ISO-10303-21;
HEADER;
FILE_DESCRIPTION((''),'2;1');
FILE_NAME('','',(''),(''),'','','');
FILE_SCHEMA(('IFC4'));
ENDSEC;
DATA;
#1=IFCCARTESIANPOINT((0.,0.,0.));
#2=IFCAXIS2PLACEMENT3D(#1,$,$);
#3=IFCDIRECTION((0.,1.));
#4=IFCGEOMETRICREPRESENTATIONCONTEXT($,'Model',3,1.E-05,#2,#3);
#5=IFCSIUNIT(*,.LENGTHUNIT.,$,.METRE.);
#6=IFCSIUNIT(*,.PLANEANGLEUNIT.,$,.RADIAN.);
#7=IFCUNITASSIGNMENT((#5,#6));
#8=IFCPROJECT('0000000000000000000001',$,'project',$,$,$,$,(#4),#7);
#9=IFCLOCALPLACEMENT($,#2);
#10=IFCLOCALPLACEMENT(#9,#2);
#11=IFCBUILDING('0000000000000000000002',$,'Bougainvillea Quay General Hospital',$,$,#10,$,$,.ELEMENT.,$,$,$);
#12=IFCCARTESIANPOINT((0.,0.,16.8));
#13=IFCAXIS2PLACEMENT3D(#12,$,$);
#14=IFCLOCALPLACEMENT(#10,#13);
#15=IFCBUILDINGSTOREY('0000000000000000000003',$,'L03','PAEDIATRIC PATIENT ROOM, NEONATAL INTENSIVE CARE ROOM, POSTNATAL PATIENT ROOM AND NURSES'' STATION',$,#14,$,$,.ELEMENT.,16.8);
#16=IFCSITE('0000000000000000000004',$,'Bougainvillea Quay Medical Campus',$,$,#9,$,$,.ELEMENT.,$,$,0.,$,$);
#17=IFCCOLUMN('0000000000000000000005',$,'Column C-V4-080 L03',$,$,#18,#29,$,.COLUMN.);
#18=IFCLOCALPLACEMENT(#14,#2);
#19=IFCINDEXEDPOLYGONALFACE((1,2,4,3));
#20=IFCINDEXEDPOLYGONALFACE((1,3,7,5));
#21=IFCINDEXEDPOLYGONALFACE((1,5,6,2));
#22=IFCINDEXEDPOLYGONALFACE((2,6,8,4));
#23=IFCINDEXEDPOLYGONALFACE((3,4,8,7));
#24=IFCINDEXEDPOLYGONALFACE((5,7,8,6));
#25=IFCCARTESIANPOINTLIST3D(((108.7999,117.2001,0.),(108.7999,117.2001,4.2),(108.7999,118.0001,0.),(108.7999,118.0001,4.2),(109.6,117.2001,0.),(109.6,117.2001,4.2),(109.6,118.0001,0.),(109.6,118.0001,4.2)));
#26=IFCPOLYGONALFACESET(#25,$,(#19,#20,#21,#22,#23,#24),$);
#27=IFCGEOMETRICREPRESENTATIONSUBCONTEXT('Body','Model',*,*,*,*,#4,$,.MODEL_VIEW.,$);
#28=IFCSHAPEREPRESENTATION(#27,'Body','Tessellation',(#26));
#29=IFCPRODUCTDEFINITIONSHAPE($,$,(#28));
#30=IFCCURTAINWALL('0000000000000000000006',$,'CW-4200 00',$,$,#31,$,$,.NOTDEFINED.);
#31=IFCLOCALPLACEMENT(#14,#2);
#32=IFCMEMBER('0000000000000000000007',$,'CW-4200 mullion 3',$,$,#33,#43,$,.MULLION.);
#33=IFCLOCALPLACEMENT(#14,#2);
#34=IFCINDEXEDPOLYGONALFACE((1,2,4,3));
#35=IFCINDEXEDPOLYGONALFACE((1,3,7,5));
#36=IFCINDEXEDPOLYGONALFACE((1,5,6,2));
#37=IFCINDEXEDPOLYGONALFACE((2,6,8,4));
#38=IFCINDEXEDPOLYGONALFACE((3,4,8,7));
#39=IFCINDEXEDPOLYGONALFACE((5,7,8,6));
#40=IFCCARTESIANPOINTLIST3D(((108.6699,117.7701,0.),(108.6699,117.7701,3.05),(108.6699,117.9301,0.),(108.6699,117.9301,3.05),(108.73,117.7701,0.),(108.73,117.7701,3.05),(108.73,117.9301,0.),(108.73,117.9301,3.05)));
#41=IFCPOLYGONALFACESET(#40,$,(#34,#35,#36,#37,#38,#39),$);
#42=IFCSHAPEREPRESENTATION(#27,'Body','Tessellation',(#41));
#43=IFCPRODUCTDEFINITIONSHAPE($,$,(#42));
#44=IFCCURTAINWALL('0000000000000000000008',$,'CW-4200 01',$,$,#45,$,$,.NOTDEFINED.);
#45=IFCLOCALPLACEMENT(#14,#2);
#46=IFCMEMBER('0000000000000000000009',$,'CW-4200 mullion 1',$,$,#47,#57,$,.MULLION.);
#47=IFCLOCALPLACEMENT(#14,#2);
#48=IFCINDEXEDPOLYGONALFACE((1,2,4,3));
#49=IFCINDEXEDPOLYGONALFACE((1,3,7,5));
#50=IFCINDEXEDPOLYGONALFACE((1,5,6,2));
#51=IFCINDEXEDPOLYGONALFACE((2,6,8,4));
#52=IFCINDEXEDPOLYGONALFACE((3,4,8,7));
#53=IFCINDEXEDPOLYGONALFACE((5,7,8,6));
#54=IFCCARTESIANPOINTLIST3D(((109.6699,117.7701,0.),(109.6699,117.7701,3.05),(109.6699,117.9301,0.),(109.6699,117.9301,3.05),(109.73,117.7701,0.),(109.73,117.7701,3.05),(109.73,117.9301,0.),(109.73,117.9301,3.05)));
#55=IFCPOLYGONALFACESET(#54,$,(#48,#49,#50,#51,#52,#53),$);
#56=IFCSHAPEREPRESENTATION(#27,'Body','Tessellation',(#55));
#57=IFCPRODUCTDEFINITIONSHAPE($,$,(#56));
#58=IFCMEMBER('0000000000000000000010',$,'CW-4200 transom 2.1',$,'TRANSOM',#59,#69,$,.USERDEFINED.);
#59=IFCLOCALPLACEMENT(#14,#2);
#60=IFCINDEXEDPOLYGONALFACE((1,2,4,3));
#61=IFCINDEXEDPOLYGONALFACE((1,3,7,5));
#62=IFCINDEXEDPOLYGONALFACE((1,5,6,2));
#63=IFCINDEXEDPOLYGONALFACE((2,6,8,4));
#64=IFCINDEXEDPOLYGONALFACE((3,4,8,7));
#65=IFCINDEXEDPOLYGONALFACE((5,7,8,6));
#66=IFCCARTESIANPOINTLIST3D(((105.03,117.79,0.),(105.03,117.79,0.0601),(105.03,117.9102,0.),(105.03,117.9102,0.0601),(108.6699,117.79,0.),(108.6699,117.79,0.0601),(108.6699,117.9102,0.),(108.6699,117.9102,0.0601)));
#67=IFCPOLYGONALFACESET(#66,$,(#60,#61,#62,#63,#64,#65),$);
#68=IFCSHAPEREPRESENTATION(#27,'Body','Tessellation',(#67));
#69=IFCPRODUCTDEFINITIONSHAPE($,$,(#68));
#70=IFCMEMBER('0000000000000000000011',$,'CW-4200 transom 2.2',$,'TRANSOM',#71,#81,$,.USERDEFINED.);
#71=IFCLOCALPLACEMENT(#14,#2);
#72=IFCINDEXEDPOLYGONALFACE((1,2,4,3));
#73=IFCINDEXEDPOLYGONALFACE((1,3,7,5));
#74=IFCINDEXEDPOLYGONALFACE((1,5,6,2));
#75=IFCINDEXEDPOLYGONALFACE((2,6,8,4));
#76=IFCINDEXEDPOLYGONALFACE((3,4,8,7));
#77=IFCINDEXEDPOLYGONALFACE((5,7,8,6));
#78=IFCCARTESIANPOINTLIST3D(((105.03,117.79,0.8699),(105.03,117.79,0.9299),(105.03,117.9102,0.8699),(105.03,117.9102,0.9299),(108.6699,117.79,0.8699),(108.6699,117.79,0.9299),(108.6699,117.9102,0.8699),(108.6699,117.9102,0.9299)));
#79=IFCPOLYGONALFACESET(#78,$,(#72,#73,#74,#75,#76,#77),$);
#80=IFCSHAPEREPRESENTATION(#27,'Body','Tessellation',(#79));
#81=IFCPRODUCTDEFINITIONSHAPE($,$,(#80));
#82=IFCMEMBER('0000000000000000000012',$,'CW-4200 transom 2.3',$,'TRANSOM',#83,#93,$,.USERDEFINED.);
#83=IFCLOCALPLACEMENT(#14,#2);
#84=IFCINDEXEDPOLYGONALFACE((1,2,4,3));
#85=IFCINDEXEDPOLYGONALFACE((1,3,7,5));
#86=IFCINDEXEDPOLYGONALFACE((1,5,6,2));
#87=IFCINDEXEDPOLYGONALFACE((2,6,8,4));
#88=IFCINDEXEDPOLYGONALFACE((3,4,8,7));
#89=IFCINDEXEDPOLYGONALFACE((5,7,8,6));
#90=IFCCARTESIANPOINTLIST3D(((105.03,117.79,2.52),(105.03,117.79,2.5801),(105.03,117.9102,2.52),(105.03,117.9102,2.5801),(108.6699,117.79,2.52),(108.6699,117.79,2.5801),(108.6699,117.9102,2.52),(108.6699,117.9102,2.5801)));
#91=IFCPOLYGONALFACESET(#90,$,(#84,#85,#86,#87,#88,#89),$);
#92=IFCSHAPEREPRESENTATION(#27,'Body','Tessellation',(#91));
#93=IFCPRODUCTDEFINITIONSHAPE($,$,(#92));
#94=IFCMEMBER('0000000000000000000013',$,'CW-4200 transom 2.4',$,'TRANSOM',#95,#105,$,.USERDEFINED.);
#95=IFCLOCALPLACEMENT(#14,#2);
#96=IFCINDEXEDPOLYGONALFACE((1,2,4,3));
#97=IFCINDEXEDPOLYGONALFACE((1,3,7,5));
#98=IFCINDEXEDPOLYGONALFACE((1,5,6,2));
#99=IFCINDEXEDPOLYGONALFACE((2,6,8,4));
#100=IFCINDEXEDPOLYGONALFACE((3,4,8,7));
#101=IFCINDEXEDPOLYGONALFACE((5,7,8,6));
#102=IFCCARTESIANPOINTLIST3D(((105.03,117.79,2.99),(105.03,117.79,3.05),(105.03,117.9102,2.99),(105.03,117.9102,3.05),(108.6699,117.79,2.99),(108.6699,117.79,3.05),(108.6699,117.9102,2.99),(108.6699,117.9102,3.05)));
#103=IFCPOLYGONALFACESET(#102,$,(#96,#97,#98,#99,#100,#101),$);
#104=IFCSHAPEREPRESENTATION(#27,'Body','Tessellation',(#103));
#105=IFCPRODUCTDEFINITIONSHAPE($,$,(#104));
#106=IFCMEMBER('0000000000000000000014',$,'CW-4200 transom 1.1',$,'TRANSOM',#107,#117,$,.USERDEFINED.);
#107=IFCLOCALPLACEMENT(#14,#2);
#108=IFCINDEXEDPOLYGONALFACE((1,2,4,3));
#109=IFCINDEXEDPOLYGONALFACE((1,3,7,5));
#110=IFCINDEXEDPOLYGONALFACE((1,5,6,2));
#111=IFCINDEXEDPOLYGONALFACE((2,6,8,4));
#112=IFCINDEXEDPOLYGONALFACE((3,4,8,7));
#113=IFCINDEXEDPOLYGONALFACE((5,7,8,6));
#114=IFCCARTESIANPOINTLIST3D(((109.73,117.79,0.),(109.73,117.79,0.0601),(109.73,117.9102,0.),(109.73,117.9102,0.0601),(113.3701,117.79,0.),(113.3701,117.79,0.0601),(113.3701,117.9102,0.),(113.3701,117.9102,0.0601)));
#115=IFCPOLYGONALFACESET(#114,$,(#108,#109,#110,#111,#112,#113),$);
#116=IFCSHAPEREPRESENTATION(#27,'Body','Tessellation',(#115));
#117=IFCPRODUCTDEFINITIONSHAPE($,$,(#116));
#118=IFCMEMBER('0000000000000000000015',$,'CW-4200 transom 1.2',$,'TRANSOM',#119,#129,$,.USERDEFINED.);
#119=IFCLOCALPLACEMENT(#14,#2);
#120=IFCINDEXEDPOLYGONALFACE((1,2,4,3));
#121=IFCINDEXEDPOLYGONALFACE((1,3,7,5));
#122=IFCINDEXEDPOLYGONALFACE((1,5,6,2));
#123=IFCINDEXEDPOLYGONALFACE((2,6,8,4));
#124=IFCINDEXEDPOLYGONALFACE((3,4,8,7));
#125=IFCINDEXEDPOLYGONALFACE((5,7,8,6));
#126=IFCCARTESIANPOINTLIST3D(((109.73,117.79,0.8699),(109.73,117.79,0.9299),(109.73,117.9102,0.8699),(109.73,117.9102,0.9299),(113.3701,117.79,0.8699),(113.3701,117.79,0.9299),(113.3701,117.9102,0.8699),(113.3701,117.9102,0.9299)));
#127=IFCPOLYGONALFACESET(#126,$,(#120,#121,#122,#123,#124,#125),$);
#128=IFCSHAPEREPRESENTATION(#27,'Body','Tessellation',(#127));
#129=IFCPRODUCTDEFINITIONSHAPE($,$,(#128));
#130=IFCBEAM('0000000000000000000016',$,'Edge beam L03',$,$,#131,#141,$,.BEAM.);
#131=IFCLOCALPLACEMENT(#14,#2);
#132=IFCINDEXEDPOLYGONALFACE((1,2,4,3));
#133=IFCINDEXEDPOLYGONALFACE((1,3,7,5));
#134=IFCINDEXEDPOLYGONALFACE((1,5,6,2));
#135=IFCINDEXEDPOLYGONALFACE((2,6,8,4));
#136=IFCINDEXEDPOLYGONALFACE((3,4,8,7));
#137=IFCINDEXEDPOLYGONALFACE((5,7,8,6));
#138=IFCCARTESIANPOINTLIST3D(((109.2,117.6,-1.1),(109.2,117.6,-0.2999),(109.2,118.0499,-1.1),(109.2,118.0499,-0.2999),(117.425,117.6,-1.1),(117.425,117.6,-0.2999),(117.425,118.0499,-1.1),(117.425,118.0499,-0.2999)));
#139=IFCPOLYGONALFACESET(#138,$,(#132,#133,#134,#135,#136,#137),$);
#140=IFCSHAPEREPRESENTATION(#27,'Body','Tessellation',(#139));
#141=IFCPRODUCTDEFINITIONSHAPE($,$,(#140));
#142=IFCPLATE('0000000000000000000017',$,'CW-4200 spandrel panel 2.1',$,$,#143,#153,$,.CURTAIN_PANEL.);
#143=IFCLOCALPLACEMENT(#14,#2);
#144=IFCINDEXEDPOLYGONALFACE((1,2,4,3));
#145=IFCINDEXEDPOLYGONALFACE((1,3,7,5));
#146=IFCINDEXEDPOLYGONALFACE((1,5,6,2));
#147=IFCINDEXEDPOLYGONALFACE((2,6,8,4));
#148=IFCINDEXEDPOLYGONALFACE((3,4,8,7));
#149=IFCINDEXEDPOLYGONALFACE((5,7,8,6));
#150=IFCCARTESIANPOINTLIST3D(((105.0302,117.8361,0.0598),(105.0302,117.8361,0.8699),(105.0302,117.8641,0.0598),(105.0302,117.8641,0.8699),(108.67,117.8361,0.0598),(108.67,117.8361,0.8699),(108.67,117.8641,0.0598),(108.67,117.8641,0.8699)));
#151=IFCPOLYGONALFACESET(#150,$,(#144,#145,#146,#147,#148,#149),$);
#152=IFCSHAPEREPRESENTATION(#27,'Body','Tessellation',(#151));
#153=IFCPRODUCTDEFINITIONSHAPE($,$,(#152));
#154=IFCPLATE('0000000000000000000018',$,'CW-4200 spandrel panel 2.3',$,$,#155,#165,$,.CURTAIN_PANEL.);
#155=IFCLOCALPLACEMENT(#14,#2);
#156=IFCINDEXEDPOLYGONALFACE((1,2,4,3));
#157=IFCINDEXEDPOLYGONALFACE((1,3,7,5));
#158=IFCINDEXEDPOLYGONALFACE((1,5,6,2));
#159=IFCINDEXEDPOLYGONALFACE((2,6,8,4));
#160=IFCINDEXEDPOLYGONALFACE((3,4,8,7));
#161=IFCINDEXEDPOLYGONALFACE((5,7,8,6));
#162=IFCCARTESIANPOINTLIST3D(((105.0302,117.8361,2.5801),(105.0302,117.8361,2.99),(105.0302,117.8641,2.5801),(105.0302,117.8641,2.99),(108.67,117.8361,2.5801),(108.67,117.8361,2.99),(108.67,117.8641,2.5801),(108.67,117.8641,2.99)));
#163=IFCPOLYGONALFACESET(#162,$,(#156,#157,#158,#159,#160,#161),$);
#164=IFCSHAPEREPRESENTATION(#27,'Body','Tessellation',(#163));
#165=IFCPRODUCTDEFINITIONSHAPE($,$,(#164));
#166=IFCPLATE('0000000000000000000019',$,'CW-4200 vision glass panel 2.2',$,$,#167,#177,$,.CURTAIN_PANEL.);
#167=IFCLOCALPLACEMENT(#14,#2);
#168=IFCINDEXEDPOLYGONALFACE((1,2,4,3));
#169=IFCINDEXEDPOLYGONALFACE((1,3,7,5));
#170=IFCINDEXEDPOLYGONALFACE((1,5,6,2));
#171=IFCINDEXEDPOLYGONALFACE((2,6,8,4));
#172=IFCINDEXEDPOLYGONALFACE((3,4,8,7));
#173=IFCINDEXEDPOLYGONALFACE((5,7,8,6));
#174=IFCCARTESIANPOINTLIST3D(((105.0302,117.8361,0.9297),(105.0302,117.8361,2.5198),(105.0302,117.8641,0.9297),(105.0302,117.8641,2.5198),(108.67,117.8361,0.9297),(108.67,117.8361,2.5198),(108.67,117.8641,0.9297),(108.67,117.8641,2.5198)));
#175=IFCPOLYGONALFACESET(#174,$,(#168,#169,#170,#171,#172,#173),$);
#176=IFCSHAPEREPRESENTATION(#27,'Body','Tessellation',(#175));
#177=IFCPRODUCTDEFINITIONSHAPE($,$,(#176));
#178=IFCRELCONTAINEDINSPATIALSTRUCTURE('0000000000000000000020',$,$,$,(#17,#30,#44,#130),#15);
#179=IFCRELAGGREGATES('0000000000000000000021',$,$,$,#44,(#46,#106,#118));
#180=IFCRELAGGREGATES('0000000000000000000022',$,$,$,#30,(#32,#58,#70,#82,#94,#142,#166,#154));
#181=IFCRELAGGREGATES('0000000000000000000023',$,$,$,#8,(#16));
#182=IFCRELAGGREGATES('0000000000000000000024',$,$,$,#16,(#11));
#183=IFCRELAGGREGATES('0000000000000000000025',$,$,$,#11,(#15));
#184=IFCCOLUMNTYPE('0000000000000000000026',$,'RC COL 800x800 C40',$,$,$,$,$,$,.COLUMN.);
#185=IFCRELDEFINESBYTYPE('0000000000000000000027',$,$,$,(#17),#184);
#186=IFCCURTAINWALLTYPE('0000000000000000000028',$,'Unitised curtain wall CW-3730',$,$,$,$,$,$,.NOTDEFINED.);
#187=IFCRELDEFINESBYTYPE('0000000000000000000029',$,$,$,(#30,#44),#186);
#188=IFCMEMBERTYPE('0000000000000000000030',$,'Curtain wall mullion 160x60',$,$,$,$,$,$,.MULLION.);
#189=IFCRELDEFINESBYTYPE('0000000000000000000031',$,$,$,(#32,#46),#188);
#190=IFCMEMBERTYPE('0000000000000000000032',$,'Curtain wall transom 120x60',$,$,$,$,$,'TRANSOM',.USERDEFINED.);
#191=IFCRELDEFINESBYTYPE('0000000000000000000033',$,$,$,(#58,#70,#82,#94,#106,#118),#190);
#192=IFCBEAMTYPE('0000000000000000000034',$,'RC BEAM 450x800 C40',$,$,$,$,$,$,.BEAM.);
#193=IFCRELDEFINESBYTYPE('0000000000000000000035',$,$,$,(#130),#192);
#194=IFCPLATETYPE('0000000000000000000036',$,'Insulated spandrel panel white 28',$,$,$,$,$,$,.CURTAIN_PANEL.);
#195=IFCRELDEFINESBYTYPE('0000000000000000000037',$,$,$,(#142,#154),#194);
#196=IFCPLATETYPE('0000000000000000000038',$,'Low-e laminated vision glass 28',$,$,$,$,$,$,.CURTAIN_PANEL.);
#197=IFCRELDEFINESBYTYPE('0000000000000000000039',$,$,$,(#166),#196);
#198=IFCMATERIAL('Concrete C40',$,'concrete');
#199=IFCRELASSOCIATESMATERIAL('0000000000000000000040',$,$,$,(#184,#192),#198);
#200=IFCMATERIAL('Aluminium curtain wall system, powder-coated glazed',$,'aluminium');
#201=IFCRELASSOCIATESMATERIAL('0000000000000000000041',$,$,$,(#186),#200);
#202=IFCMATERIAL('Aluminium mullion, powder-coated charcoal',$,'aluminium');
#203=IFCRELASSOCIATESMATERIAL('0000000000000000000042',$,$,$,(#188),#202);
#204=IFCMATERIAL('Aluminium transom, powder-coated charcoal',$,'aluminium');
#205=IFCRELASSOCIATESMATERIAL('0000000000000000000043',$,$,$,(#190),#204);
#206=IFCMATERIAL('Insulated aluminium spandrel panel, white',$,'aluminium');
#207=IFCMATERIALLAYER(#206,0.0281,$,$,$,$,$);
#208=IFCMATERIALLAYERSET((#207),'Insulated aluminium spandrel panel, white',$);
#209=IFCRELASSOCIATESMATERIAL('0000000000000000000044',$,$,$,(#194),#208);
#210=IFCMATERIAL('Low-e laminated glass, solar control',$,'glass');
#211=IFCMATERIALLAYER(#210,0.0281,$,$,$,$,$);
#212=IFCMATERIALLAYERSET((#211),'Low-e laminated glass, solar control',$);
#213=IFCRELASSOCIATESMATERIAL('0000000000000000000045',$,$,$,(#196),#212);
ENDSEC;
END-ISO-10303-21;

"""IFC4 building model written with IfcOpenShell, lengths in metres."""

from ifc_helpers import new_model, si_unit, direction, frame, origin, origin_2d, place, context, subcontext, project, spatial, rectangle, extrude, material, layer, layer_set, material_profile, profile_set, type_object, element, aggregate, save


model = new_model("IFC4")

# Units and contexts
model_context = context("Model", 3, precision=1e-05, world=origin(), true_north=direction((0.0, 1.0)))
body_context = subcontext(model_context, "Body", "Model", "MODEL_VIEW")
ifc_project = project(units=[si_unit("LENGTHUNIT", "METRE"), si_unit("PLANEANGLEUNIT", "RADIAN")], contexts=[model_context])

# Site, building, storey
site_placement = place(None, origin())
site = spatial("IfcSite", under=ifc_project, at=site_placement, Name="Bougainvillea Quay Medical Campus", CompositionType="ELEMENT", RefElevation=0.0)
building_placement = place(site_placement, origin())
building = spatial("IfcBuilding", under=site, at=building_placement, Name="Bougainvillea Quay General Hospital", CompositionType="ELEMENT")
storey_placement = place(building_placement, frame((0.0, 0.0, 16.8)))
storey = spatial("IfcBuildingStorey", under=building, at=storey_placement, Name="L03", Description="PAEDIATRIC PATIENT ROOM, NEONATAL INTENSIVE CARE ROOM, POSTNATAL PATIENT ROOM AND NURSES' STATION", CompositionType="ELEMENT", Elevation=16.8)

# Column
ifc_material_1 = material(Name="Concrete C40", Category="concrete")
ifc_material_profile_1 = material_profile(ifc_material_1, rectangle(XDim=0.8, YDim=0.8, at=origin_2d()))
ifc_profile_set_1 = profile_set([ifc_material_profile_1], Name="Concrete C40")
column_type = type_object("IfcColumnType", Name="RC COL 800x800 C40", PredefinedType="COLUMN", material=ifc_profile_set_1)
column_placement = place(storey_placement, frame((109.2, 117.6001, 0.0), z_axis=(0.0, 0.0, 1.0), x_axis=(1.0, 0.0, 0.0)))
element("IfcColumn", 1, at=column_placement, inside=storey, type_object=column_type, Name="Column C-V4-080 L03", PredefinedType="COLUMN", context=body_context, shape_type="SweptSolid", body=[
    extrude(rectangle(XDim=0.8, YDim=0.8, at=origin_2d()), origin(), (0.0, 0.0, 1.0), 4.2),
])

# Curtain walls, members
ifc_material_2 = material(Name="Aluminium curtain wall system, powder-coated glazed", Category="aluminium")
curtain_wall_type = type_object("IfcCurtainWallType", Name="Unitised curtain wall CW-3730", PredefinedType="NOTDEFINED", material=ifc_material_2)
curtain_wall_1_placement = place(storey_placement, origin())
curtain_wall_1 = element("IfcCurtainWall", 2, at=curtain_wall_1_placement, inside=storey, type_object=curtain_wall_type, Name="CW-4200 00", PredefinedType="NOTDEFINED")
ifc_material_3 = material(Name="Aluminium mullion, powder-coated charcoal", Category="aluminium")
ifc_material_profile_2 = material_profile(ifc_material_3, rectangle(XDim=0.1599, YDim=0.0601, at=origin_2d()))
ifc_profile_set_2 = profile_set([ifc_material_profile_2], Name="Aluminium mullion, powder-coated charcoal")
member_type_1 = type_object("IfcMemberType", Name="Curtain wall mullion 160x60", PredefinedType="MULLION", material=ifc_profile_set_2)
member_1_placement = place(storey_placement, frame((108.7, 117.8501, 0.0), z_axis=(0.0, 0.0, 1.0), x_axis=(0.0, 1.0, 0.0)))
member_1 = element("IfcMember", 3, at=member_1_placement, type_object=member_type_1, Name="CW-4200 mullion 3", PredefinedType="MULLION", context=body_context, shape_type="SweptSolid", body=[
    extrude(rectangle(XDim=0.1599, YDim=0.0601, at=origin_2d()), origin(), (0.0, 0.0, 1.0), 3.05),
])
curtain_wall_2_placement = place(storey_placement, origin())
curtain_wall_2 = element("IfcCurtainWall", 4, at=curtain_wall_2_placement, inside=storey, type_object=curtain_wall_type, Name="CW-4200 01", PredefinedType="NOTDEFINED")
member_2_placement = place(storey_placement, frame((109.7, 117.8501, 0.0), z_axis=(0.0, 0.0, 1.0), x_axis=(0.0, 1.0, 0.0)))
member_2 = element("IfcMember", 5, at=member_2_placement, type_object=member_type_1, Name="CW-4200 mullion 1", PredefinedType="MULLION", context=body_context, shape_type="SweptSolid", body=[
    extrude(rectangle(XDim=0.1599, YDim=0.0601, at=origin_2d()), origin(), (0.0, 0.0, 1.0), 3.05),
])

# Members
ifc_material_4 = material(Name="Aluminium transom, powder-coated charcoal", Category="aluminium")
ifc_material_profile_3 = material_profile(ifc_material_4, rectangle(XDim=0.1201, YDim=0.0601, at=origin_2d()))
ifc_profile_set_3 = profile_set([ifc_material_profile_3], Name="Aluminium transom, powder-coated charcoal")
member_type_2 = type_object("IfcMemberType", Name="Curtain wall transom 120x60", ElementType="TRANSOM", PredefinedType="USERDEFINED", material=ifc_profile_set_3)
member_3_placement = place(storey_placement, frame((105.03, 117.8501, 0.03), z_axis=(1.0, 0.0, 0.0), x_axis=(0.0, 1.0, 0.0)))
member_3 = element("IfcMember", 6, at=member_3_placement, type_object=member_type_2, Name="CW-4200 transom 2.1", ObjectType="TRANSOM", PredefinedType="USERDEFINED", context=body_context, shape_type="SweptSolid", body=[
    extrude(rectangle(XDim=0.1201, YDim=0.0601, at=origin_2d()), origin(), (0.0, 0.0, 1.0), 3.6399),
])
member_4_placement = place(storey_placement, frame((105.03, 117.8501, 0.8999), z_axis=(1.0, 0.0, 0.0), x_axis=(0.0, 1.0, 0.0)))
member_4 = element("IfcMember", 7, at=member_4_placement, type_object=member_type_2, Name="CW-4200 transom 2.2", ObjectType="TRANSOM", PredefinedType="USERDEFINED", context=body_context, shape_type="SweptSolid", body=[
    extrude(rectangle(XDim=0.1201, YDim=0.0601, at=origin_2d()), origin(), (0.0, 0.0, 1.0), 3.6399),
])
member_5_placement = place(storey_placement, frame((105.03, 117.8501, 2.55), z_axis=(1.0, 0.0, 0.0), x_axis=(0.0, 1.0, 0.0)))
member_5 = element("IfcMember", 8, at=member_5_placement, type_object=member_type_2, Name="CW-4200 transom 2.3", ObjectType="TRANSOM", PredefinedType="USERDEFINED", context=body_context, shape_type="SweptSolid", body=[
    extrude(rectangle(XDim=0.1201, YDim=0.0601, at=origin_2d()), origin(), (0.0, 0.0, 1.0), 3.6399),
])
member_6_placement = place(storey_placement, frame((105.03, 117.8501, 3.02), z_axis=(1.0, 0.0, 0.0), x_axis=(0.0, 1.0, 0.0)))
member_6 = element("IfcMember", 9, at=member_6_placement, type_object=member_type_2, Name="CW-4200 transom 2.4", ObjectType="TRANSOM", PredefinedType="USERDEFINED", context=body_context, shape_type="SweptSolid", body=[
    extrude(rectangle(XDim=0.1201, YDim=0.0601, at=origin_2d()), origin(), (0.0, 0.0, 1.0), 3.6399),
])
member_7_placement = place(storey_placement, frame((109.73, 117.8501, 0.03), z_axis=(1.0, 0.0, 0.0), x_axis=(0.0, 1.0, 0.0)))
member_7 = element("IfcMember", 10, at=member_7_placement, type_object=member_type_2, Name="CW-4200 transom 1.1", ObjectType="TRANSOM", PredefinedType="USERDEFINED", context=body_context, shape_type="SweptSolid", body=[
    extrude(rectangle(XDim=0.1201, YDim=0.0601, at=origin_2d()), origin(), (0.0, 0.0, 1.0), 3.6401),
])
member_8_placement = place(storey_placement, frame((109.73, 117.8501, 0.8999), z_axis=(1.0, 0.0, 0.0), x_axis=(0.0, 1.0, 0.0)))
member_8 = element("IfcMember", 11, at=member_8_placement, type_object=member_type_2, Name="CW-4200 transom 1.2", ObjectType="TRANSOM", PredefinedType="USERDEFINED", context=body_context, shape_type="SweptSolid", body=[
    extrude(rectangle(XDim=0.1201, YDim=0.0601, at=origin_2d()), origin(), (0.0, 0.0, 1.0), 3.6401),
])
aggregate(curtain_wall_2, [member_2, member_7, member_8])

# Beam
ifc_material_profile_4 = material_profile(ifc_material_1, rectangle(XDim=0.45, YDim=0.8, at=origin_2d()))
ifc_profile_set_4 = profile_set([ifc_material_profile_4], Name="Concrete C40")
beam_type = type_object("IfcBeamType", Name="RC BEAM 450x800 C40", PredefinedType="BEAM", material=ifc_profile_set_4)
beam_placement = place(storey_placement, frame((109.2, 117.825, -0.7), z_axis=(1.0, 0.0, 0.0), x_axis=(0.0, 1.0, 0.0)))
element("IfcBeam", 12, at=beam_placement, inside=storey, type_object=beam_type, Name="Edge beam L03", PredefinedType="BEAM", context=body_context, shape_type="SweptSolid", body=[
    extrude(rectangle(XDim=0.45, YDim=0.8, at=origin_2d()), origin(), (0.0, 0.0, 1.0), 8.2251),
])

# Plates
ifc_material_5 = material(Name="Insulated aluminium spandrel panel, white", Category="aluminium")
ifc_layer_1 = layer(ifc_material_5, 0.0281)
ifc_layer_set_1 = layer_set([ifc_layer_1], Name="Insulated aluminium spandrel panel, white")
plate_type_1 = type_object("IfcPlateType", Name="Insulated spandrel panel white 28", PredefinedType="CURTAIN_PANEL", material=ifc_layer_set_1)
plate_1_placement = place(storey_placement, frame((106.8501, 117.8501, 0.0598), z_axis=(0.0, 0.0, 1.0), x_axis=(1.0, 0.0, 0.0)))
plate_1 = element("IfcPlate", 13, at=plate_1_placement, type_object=plate_type_1, Name="CW-4200 spandrel panel 2.1", PredefinedType="CURTAIN_PANEL", context=body_context, shape_type="SweptSolid", body=[
    extrude(rectangle(XDim=3.6399, YDim=0.0281, at=origin_2d()), origin(), (0.0, 0.0, 1.0), 0.8101),
])
plate_2_placement = place(storey_placement, frame((106.8501, 117.8501, 2.5801), z_axis=(0.0, 0.0, 1.0), x_axis=(1.0, 0.0, 0.0)))
plate_2 = element("IfcPlate", 14, at=plate_2_placement, type_object=plate_type_1, Name="CW-4200 spandrel panel 2.3", PredefinedType="CURTAIN_PANEL", context=body_context, shape_type="SweptSolid", body=[
    extrude(rectangle(XDim=3.6399, YDim=0.0281, at=origin_2d()), origin(), (0.0, 0.0, 1.0), 0.4099),
])
ifc_material_6 = material(Name="Low-e laminated glass, solar control", Category="glass")
ifc_layer_2 = layer(ifc_material_6, 0.0281)
ifc_layer_set_2 = layer_set([ifc_layer_2], Name="Low-e laminated glass, solar control")
plate_type_2 = type_object("IfcPlateType", Name="Low-e laminated vision glass 28", PredefinedType="CURTAIN_PANEL", material=ifc_layer_set_2)
plate_3_placement = place(storey_placement, frame((106.8501, 117.8501, 0.9297), z_axis=(0.0, 0.0, 1.0), x_axis=(1.0, 0.0, 0.0)))
plate_3 = element("IfcPlate", 15, at=plate_3_placement, type_object=plate_type_2, Name="CW-4200 vision glass panel 2.2", PredefinedType="CURTAIN_PANEL", context=body_context, shape_type="SweptSolid", body=[
    extrude(rectangle(XDim=3.6399, YDim=0.0281, at=origin_2d()), origin(), (0.0, 0.0, 1.0), 1.5901),
])
aggregate(curtain_wall_1, [member_1, member_3, member_4, member_5, member_6, plate_1, plate_3, plate_2])

save(model, "model.ifc")
